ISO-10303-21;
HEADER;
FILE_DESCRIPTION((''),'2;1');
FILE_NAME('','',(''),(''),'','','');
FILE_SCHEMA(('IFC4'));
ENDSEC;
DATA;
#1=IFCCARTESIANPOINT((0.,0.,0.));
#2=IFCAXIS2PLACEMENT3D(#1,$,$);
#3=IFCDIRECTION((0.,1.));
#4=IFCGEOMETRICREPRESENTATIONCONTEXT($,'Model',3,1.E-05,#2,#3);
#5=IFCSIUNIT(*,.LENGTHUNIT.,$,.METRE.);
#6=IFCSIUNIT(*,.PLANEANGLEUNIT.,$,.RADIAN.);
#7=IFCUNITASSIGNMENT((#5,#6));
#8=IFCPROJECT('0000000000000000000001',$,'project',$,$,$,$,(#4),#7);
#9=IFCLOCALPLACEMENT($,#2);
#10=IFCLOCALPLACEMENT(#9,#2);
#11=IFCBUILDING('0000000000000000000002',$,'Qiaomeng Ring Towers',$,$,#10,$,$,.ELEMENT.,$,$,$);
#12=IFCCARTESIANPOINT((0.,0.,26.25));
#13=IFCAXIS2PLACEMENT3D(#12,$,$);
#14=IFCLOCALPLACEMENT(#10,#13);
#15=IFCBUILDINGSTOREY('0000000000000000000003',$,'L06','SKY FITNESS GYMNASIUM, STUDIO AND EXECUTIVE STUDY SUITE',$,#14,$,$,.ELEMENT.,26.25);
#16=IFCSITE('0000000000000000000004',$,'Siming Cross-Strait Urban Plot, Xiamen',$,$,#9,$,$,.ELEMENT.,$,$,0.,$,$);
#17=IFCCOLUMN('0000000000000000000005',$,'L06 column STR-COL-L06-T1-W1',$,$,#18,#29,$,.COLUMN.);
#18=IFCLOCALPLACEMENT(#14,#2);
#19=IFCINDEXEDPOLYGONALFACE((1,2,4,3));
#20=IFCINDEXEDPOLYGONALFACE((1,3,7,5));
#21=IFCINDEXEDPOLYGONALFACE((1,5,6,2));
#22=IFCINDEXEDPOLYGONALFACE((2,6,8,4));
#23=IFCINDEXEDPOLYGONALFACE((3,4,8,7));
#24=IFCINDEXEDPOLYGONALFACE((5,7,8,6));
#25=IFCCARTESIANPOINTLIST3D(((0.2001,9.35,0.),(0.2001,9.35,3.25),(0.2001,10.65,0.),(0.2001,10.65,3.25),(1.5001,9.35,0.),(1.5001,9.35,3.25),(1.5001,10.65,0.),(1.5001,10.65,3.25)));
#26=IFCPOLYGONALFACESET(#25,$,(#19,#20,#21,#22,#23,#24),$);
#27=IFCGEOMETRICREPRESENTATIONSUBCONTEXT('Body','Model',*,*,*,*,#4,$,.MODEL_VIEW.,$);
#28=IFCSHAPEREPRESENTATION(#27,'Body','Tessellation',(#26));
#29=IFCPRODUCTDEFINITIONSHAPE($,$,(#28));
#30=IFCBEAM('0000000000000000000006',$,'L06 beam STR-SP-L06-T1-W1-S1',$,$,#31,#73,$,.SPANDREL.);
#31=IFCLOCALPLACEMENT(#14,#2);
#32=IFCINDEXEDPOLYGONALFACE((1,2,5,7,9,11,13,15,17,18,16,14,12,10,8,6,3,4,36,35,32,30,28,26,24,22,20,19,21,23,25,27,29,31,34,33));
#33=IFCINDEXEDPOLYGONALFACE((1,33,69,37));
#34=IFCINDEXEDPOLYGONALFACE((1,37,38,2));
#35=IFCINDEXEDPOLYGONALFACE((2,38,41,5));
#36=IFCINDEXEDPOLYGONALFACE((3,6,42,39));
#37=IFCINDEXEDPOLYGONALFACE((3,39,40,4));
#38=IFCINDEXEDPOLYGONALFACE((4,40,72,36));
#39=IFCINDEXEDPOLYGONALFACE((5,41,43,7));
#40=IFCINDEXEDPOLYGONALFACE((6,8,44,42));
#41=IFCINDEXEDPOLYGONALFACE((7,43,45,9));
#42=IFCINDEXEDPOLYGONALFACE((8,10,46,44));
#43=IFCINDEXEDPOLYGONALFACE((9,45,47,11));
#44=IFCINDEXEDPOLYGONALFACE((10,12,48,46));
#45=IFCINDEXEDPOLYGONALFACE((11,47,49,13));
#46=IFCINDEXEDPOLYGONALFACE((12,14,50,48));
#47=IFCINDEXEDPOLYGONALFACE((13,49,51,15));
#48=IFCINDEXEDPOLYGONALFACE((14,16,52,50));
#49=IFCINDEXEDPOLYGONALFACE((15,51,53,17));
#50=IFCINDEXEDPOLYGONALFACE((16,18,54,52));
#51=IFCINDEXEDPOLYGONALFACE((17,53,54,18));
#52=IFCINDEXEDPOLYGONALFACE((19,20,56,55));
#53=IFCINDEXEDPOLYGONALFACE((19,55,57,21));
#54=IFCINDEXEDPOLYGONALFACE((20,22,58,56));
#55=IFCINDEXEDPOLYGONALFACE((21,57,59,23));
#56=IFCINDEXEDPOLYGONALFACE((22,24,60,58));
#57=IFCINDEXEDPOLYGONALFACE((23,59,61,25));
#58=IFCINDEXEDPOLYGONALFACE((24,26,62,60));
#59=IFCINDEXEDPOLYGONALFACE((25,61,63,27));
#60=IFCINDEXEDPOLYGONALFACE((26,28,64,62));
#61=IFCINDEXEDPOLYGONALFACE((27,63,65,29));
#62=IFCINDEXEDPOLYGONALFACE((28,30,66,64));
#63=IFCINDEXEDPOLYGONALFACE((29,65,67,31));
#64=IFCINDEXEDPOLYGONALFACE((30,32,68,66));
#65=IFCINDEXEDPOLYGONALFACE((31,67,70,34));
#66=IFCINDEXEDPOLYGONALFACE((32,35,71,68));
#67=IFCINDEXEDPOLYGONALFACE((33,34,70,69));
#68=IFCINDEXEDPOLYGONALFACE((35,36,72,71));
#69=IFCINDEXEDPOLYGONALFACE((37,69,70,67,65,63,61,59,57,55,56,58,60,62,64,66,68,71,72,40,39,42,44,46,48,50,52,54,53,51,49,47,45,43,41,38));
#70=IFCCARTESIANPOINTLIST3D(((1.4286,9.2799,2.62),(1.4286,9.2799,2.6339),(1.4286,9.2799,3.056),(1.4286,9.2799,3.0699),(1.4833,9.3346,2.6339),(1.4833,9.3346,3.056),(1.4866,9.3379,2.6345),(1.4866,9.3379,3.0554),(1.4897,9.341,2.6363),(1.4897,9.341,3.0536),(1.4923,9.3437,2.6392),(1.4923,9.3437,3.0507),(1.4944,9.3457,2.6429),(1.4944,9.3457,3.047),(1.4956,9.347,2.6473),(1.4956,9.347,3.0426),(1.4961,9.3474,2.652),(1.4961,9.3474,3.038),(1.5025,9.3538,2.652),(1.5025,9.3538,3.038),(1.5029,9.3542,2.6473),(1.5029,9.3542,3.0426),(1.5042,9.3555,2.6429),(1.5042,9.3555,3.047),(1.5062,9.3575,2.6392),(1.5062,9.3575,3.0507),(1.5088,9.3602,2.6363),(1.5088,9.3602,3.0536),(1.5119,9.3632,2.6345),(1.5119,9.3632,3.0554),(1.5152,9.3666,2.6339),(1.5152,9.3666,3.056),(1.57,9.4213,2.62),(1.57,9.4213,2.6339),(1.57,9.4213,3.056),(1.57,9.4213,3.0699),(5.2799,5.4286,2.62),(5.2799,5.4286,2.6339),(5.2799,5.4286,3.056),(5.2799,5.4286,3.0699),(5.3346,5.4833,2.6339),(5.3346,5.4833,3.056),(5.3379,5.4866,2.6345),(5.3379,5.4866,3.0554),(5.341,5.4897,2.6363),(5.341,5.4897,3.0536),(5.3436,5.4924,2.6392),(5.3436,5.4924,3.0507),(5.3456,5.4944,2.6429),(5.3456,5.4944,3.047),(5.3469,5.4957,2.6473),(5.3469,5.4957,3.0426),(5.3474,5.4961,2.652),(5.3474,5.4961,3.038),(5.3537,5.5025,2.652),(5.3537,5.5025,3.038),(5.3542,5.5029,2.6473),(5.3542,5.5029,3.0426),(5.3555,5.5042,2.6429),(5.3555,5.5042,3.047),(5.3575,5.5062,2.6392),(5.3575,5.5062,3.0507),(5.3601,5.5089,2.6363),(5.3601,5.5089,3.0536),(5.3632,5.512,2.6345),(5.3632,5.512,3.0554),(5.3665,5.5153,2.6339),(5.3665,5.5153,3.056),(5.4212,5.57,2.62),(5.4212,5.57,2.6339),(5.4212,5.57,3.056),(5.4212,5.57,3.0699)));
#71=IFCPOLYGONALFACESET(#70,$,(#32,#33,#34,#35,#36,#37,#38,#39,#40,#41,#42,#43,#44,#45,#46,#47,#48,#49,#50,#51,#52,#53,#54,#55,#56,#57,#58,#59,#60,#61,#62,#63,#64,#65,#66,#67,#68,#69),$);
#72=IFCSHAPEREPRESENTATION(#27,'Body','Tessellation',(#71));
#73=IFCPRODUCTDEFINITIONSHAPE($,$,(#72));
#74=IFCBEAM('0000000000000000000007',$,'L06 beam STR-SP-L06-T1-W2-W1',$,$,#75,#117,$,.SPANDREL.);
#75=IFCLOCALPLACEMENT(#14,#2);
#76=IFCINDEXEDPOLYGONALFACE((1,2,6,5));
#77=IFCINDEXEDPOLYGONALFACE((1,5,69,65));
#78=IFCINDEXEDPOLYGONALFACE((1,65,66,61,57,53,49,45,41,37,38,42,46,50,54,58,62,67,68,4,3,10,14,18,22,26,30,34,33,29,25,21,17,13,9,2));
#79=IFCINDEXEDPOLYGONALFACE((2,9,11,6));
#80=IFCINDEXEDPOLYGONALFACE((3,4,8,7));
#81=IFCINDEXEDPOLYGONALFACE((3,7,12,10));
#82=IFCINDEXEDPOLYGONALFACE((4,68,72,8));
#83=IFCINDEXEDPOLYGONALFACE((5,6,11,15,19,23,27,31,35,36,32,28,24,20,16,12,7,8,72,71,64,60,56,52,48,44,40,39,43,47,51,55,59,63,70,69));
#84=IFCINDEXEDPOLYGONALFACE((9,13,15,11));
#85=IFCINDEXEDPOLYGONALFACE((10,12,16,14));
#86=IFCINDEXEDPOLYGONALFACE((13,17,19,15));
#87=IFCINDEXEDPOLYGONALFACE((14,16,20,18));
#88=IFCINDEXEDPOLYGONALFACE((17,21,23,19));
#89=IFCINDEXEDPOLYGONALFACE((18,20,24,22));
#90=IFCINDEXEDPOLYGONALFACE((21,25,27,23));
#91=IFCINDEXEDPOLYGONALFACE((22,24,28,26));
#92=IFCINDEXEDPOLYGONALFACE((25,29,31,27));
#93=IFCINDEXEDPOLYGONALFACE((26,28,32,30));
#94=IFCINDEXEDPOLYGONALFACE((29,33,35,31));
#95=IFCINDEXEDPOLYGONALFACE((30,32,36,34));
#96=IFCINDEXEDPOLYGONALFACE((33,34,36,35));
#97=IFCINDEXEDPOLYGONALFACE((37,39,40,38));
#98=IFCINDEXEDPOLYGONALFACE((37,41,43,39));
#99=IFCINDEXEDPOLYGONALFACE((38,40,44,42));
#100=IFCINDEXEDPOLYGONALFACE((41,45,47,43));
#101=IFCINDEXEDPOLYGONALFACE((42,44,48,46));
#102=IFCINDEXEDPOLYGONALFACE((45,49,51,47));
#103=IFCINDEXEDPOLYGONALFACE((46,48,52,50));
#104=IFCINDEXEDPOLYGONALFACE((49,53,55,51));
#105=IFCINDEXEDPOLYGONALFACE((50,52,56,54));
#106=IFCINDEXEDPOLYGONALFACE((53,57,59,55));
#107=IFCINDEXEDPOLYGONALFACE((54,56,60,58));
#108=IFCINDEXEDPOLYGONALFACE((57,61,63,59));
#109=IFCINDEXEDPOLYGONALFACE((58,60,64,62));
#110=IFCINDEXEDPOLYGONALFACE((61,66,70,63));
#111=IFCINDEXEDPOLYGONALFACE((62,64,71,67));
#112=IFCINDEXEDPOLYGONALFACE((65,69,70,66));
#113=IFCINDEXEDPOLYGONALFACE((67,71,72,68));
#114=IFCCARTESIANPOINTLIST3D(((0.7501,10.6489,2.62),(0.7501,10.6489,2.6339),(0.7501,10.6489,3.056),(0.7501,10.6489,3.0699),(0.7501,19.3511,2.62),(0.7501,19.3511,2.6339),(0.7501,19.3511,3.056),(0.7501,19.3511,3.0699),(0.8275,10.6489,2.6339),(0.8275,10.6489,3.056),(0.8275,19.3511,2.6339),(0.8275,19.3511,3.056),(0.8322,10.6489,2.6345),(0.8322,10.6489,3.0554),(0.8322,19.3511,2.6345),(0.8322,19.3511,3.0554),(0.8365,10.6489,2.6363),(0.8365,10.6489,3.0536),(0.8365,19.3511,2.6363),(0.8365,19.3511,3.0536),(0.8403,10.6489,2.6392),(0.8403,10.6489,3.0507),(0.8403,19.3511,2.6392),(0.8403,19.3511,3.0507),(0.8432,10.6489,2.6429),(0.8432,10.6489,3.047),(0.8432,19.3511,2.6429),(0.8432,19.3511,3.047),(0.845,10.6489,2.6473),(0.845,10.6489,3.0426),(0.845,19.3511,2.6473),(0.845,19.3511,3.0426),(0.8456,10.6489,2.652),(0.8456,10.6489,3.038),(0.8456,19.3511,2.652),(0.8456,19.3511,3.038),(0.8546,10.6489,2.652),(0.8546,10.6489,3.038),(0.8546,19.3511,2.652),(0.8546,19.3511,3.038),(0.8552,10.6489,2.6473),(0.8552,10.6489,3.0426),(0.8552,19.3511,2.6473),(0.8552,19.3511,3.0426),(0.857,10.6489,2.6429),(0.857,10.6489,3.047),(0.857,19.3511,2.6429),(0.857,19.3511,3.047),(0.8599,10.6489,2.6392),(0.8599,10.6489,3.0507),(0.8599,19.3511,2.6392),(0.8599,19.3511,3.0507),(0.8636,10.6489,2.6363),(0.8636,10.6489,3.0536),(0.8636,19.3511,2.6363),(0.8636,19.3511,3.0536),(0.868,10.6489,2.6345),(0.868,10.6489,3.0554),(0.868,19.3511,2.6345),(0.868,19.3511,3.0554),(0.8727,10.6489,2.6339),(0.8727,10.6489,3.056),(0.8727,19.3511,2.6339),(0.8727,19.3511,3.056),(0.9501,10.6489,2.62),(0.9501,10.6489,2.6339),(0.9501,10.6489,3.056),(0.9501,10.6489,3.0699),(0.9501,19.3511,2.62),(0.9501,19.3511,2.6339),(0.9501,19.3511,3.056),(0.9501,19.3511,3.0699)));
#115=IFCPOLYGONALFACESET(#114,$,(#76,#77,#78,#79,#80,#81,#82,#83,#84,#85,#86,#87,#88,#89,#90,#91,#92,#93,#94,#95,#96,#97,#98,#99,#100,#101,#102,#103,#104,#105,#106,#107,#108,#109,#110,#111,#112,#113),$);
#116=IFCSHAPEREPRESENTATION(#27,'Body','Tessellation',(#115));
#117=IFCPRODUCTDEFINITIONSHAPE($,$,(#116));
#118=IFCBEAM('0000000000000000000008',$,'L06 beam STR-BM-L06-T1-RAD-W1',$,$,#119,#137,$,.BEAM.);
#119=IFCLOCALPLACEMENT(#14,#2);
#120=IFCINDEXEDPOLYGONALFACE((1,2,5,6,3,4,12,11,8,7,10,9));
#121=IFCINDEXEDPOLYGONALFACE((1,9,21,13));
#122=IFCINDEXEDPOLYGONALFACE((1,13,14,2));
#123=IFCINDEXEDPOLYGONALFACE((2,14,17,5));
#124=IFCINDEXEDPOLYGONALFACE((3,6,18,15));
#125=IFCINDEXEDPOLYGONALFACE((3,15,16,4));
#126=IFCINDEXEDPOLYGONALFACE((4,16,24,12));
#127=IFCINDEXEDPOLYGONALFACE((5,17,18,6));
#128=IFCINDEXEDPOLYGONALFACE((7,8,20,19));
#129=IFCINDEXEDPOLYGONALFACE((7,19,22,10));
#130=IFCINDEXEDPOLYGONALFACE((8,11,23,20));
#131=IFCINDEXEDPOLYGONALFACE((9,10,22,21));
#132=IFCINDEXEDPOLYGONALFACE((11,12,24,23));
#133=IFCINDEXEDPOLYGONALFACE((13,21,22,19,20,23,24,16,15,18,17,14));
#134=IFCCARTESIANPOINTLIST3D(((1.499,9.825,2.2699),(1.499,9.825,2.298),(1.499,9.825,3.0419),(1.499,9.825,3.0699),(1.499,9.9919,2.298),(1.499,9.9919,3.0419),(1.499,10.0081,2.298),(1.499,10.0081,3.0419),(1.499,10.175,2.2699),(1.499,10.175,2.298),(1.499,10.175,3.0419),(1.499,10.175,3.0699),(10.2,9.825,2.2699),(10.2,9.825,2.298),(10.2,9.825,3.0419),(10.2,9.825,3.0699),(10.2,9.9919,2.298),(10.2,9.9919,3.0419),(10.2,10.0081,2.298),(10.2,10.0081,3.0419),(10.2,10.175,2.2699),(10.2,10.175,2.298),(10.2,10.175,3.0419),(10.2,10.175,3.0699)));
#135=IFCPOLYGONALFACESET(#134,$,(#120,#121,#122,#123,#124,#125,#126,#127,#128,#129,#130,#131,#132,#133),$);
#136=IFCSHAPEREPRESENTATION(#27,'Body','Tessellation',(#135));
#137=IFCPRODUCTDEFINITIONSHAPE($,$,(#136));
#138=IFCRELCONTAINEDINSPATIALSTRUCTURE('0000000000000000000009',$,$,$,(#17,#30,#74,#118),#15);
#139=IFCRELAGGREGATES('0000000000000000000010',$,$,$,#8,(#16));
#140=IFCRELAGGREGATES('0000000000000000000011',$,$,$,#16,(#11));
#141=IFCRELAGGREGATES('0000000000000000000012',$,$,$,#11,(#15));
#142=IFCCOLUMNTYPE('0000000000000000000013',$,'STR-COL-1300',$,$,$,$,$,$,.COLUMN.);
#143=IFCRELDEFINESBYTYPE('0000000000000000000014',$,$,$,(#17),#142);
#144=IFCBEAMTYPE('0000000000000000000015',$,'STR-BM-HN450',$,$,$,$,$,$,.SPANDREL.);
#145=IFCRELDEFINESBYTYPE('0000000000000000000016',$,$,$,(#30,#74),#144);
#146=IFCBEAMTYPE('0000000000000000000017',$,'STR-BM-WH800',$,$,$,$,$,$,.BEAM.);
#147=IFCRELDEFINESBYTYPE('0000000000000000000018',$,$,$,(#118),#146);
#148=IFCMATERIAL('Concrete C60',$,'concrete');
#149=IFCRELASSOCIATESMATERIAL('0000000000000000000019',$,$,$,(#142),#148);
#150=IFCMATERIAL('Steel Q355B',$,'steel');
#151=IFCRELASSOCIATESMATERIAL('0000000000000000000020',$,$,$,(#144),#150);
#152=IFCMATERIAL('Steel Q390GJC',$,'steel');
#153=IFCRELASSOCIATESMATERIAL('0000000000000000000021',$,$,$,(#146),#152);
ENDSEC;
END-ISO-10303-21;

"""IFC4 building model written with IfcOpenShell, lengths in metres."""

from ifc_helpers import new_model, si_unit, direction, frame, origin, origin_2d, place, context, subcontext, project, spatial, rectangle, i_section, extrude, source, transform, mapped, material, material_profile, profile_set, type_object, element, save


model = new_model("IFC4")

# Units and contexts
model_context = context("Model", 3, precision=1e-05, world=origin(), true_north=direction((0.0, 1.0)))
body_context = subcontext(model_context, "Body", "Model", "MODEL_VIEW")
ifc_project = project(units=[si_unit("LENGTHUNIT", "METRE"), si_unit("PLANEANGLEUNIT", "RADIAN")], contexts=[model_context])

# Site, building, storey
site_placement = place(None, origin())
site = spatial("IfcSite", under=ifc_project, at=site_placement, Name="Siming Cross-Strait Urban Plot, Xiamen", CompositionType="ELEMENT", RefElevation=0.0)
building_placement = place(site_placement, origin())
building = spatial("IfcBuilding", under=site, at=building_placement, Name="Qiaomeng Ring Towers", CompositionType="ELEMENT")
storey_placement = place(building_placement, frame((0.0, 0.0, 26.25)))
storey = spatial("IfcBuildingStorey", under=building, at=storey_placement, Name="L06", Description="SKY FITNESS GYMNASIUM, STUDIO AND EXECUTIVE STUDY SUITE", CompositionType="ELEMENT", Elevation=26.25)

# Column
ifc_material_1 = material(Name="Concrete C60", Category="concrete")
ifc_material_profile_1 = material_profile(ifc_material_1, rectangle(XDim=1.3, YDim=1.3, at=origin_2d()), Name="RC COL 1300x1300")
ifc_profile_set_1 = profile_set([ifc_material_profile_1], Name="Concrete C60")
column_type = type_object("IfcColumnType", Name="STR-COL-1300", PredefinedType="COLUMN", material=ifc_profile_set_1)
shared_shape_1 = source(origin(), body_context, "Body", "SweptSolid", [
    extrude(rectangle(XDim=1.3, YDim=1.3, at=origin_2d()), origin(), (0.0, 0.0, 1.0), 3.25),
])
column_placement = place(storey_placement, frame((0.8501, 10.0, 0.0), z_axis=(0.0, 0.0, 1.0), x_axis=(1.0, 0.0, 0.0)))
element("IfcColumn", 1, at=column_placement, inside=storey, type_object=column_type, Name="L06 column STR-COL-L06-T1-W1", PredefinedType="COLUMN", context=body_context, shape_type="MappedRepresentation", body=[
    mapped(shared_shape_1, transform((0.0, 0.0, 0.0), x_axis=(1.0, 0.0, 0.0), y_axis=(0.0, 1.0, 0.0), z_axis=(0.0, 0.0, 1.0), scale=1.0)),
])

# Beams
ifc_material_2 = material(Name="Steel Q355B", Category="steel")
ifc_material_profile_2 = material_profile(ifc_material_2, i_section(OverallWidth=0.2, OverallDepth=0.45, WebThickness=0.009, FlangeThickness=0.0139, FilletRadius=0.0181, at=origin_2d()), Name="HN 450x200x9x14")
ifc_profile_set_2 = profile_set([ifc_material_profile_2], Name="Steel Q355B")
beam_type_1 = type_object("IfcBeamType", Name="STR-BM-HN450", PredefinedType="SPANDREL", material=ifc_profile_set_2)
shared_shape_2 = source(origin(), body_context, "Body", "SweptSolid", [
    extrude(i_section(OverallWidth=0.2, OverallDepth=0.45, WebThickness=0.009, FlangeThickness=0.0139, FilletRadius=0.0181, at=origin_2d()), origin(), (0.0, 0.0, 1.0), 5.4465),
])
beam_1_placement = place(storey_placement, frame((1.4993, 9.3506, 2.845), z_axis=(0.707107, -0.707107, 0.0), x_axis=(0.707107, 0.707107, 0.0)))
element("IfcBeam", 2, at=beam_1_placement, inside=storey, type_object=beam_type_1, Name="L06 beam STR-SP-L06-T1-W1-S1", PredefinedType="SPANDREL", context=body_context, shape_type="MappedRepresentation", body=[
    mapped(shared_shape_2, transform((0.0, 0.0, 0.0), x_axis=(1.0, 0.0, 0.0), y_axis=(0.0, 1.0, 0.0), z_axis=(0.0, 0.0, 1.0), scale=1.0)),
])
shared_shape_3 = source(origin(), body_context, "Body", "SweptSolid", [
    extrude(i_section(OverallWidth=0.2, OverallDepth=0.45, WebThickness=0.009, FlangeThickness=0.0139, FilletRadius=0.0181, at=origin_2d()), origin(), (0.0, 0.0, 1.0), 8.7021),
])
beam_2_placement = place(storey_placement, frame((0.8501, 19.3511, 2.845), z_axis=(0.0, -1.0, 0.0), x_axis=(1.0, 0.0, 0.0)))
element("IfcBeam", 3, at=beam_2_placement, inside=storey, type_object=beam_type_1, Name="L06 beam STR-SP-L06-T1-W2-W1", PredefinedType="SPANDREL", context=body_context, shape_type="MappedRepresentation", body=[
    mapped(shared_shape_3, transform((0.0, 0.0, 0.0), x_axis=(1.0, 0.0, 0.0), y_axis=(0.0, 1.0, 0.0), z_axis=(0.0, 0.0, 1.0), scale=1.0)),
])
ifc_material_3 = material(Name="Steel Q390GJC", Category="steel")
ifc_material_profile_3 = material_profile(ifc_material_3, i_section(OverallWidth=0.3501, OverallDepth=0.8, WebThickness=0.0161, FlangeThickness=0.0281, at=origin_2d()), Name="WH 800x350x16x28")
ifc_profile_set_3 = profile_set([ifc_material_profile_3], Name="Steel Q390GJC")
beam_type_2 = type_object("IfcBeamType", Name="STR-BM-WH800", PredefinedType="BEAM", material=ifc_profile_set_3)
shared_shape_4 = source(origin(), body_context, "Body", "SweptSolid", [
    extrude(i_section(OverallWidth=0.3501, OverallDepth=0.8, WebThickness=0.0161, FlangeThickness=0.0281, at=origin_2d()), origin(), (0.0, 0.0, 1.0), 8.7009),
])
beam_3_placement = place(storey_placement, frame((1.499, 10.0, 2.6699), z_axis=(1.0, 0.0, 0.0), x_axis=(0.0, 1.0, 0.0)))
element("IfcBeam", 4, at=beam_3_placement, inside=storey, type_object=beam_type_2, Name="L06 beam STR-BM-L06-T1-RAD-W1", PredefinedType="BEAM", context=body_context, shape_type="MappedRepresentation", body=[
    mapped(shared_shape_4, transform((0.0, 0.0, 0.0), x_axis=(1.0, 0.0, 0.0), y_axis=(0.0, 1.0, 0.0), z_axis=(0.0, 0.0, 1.0), scale=1.0)),
])

save(model, "model.ifc")
